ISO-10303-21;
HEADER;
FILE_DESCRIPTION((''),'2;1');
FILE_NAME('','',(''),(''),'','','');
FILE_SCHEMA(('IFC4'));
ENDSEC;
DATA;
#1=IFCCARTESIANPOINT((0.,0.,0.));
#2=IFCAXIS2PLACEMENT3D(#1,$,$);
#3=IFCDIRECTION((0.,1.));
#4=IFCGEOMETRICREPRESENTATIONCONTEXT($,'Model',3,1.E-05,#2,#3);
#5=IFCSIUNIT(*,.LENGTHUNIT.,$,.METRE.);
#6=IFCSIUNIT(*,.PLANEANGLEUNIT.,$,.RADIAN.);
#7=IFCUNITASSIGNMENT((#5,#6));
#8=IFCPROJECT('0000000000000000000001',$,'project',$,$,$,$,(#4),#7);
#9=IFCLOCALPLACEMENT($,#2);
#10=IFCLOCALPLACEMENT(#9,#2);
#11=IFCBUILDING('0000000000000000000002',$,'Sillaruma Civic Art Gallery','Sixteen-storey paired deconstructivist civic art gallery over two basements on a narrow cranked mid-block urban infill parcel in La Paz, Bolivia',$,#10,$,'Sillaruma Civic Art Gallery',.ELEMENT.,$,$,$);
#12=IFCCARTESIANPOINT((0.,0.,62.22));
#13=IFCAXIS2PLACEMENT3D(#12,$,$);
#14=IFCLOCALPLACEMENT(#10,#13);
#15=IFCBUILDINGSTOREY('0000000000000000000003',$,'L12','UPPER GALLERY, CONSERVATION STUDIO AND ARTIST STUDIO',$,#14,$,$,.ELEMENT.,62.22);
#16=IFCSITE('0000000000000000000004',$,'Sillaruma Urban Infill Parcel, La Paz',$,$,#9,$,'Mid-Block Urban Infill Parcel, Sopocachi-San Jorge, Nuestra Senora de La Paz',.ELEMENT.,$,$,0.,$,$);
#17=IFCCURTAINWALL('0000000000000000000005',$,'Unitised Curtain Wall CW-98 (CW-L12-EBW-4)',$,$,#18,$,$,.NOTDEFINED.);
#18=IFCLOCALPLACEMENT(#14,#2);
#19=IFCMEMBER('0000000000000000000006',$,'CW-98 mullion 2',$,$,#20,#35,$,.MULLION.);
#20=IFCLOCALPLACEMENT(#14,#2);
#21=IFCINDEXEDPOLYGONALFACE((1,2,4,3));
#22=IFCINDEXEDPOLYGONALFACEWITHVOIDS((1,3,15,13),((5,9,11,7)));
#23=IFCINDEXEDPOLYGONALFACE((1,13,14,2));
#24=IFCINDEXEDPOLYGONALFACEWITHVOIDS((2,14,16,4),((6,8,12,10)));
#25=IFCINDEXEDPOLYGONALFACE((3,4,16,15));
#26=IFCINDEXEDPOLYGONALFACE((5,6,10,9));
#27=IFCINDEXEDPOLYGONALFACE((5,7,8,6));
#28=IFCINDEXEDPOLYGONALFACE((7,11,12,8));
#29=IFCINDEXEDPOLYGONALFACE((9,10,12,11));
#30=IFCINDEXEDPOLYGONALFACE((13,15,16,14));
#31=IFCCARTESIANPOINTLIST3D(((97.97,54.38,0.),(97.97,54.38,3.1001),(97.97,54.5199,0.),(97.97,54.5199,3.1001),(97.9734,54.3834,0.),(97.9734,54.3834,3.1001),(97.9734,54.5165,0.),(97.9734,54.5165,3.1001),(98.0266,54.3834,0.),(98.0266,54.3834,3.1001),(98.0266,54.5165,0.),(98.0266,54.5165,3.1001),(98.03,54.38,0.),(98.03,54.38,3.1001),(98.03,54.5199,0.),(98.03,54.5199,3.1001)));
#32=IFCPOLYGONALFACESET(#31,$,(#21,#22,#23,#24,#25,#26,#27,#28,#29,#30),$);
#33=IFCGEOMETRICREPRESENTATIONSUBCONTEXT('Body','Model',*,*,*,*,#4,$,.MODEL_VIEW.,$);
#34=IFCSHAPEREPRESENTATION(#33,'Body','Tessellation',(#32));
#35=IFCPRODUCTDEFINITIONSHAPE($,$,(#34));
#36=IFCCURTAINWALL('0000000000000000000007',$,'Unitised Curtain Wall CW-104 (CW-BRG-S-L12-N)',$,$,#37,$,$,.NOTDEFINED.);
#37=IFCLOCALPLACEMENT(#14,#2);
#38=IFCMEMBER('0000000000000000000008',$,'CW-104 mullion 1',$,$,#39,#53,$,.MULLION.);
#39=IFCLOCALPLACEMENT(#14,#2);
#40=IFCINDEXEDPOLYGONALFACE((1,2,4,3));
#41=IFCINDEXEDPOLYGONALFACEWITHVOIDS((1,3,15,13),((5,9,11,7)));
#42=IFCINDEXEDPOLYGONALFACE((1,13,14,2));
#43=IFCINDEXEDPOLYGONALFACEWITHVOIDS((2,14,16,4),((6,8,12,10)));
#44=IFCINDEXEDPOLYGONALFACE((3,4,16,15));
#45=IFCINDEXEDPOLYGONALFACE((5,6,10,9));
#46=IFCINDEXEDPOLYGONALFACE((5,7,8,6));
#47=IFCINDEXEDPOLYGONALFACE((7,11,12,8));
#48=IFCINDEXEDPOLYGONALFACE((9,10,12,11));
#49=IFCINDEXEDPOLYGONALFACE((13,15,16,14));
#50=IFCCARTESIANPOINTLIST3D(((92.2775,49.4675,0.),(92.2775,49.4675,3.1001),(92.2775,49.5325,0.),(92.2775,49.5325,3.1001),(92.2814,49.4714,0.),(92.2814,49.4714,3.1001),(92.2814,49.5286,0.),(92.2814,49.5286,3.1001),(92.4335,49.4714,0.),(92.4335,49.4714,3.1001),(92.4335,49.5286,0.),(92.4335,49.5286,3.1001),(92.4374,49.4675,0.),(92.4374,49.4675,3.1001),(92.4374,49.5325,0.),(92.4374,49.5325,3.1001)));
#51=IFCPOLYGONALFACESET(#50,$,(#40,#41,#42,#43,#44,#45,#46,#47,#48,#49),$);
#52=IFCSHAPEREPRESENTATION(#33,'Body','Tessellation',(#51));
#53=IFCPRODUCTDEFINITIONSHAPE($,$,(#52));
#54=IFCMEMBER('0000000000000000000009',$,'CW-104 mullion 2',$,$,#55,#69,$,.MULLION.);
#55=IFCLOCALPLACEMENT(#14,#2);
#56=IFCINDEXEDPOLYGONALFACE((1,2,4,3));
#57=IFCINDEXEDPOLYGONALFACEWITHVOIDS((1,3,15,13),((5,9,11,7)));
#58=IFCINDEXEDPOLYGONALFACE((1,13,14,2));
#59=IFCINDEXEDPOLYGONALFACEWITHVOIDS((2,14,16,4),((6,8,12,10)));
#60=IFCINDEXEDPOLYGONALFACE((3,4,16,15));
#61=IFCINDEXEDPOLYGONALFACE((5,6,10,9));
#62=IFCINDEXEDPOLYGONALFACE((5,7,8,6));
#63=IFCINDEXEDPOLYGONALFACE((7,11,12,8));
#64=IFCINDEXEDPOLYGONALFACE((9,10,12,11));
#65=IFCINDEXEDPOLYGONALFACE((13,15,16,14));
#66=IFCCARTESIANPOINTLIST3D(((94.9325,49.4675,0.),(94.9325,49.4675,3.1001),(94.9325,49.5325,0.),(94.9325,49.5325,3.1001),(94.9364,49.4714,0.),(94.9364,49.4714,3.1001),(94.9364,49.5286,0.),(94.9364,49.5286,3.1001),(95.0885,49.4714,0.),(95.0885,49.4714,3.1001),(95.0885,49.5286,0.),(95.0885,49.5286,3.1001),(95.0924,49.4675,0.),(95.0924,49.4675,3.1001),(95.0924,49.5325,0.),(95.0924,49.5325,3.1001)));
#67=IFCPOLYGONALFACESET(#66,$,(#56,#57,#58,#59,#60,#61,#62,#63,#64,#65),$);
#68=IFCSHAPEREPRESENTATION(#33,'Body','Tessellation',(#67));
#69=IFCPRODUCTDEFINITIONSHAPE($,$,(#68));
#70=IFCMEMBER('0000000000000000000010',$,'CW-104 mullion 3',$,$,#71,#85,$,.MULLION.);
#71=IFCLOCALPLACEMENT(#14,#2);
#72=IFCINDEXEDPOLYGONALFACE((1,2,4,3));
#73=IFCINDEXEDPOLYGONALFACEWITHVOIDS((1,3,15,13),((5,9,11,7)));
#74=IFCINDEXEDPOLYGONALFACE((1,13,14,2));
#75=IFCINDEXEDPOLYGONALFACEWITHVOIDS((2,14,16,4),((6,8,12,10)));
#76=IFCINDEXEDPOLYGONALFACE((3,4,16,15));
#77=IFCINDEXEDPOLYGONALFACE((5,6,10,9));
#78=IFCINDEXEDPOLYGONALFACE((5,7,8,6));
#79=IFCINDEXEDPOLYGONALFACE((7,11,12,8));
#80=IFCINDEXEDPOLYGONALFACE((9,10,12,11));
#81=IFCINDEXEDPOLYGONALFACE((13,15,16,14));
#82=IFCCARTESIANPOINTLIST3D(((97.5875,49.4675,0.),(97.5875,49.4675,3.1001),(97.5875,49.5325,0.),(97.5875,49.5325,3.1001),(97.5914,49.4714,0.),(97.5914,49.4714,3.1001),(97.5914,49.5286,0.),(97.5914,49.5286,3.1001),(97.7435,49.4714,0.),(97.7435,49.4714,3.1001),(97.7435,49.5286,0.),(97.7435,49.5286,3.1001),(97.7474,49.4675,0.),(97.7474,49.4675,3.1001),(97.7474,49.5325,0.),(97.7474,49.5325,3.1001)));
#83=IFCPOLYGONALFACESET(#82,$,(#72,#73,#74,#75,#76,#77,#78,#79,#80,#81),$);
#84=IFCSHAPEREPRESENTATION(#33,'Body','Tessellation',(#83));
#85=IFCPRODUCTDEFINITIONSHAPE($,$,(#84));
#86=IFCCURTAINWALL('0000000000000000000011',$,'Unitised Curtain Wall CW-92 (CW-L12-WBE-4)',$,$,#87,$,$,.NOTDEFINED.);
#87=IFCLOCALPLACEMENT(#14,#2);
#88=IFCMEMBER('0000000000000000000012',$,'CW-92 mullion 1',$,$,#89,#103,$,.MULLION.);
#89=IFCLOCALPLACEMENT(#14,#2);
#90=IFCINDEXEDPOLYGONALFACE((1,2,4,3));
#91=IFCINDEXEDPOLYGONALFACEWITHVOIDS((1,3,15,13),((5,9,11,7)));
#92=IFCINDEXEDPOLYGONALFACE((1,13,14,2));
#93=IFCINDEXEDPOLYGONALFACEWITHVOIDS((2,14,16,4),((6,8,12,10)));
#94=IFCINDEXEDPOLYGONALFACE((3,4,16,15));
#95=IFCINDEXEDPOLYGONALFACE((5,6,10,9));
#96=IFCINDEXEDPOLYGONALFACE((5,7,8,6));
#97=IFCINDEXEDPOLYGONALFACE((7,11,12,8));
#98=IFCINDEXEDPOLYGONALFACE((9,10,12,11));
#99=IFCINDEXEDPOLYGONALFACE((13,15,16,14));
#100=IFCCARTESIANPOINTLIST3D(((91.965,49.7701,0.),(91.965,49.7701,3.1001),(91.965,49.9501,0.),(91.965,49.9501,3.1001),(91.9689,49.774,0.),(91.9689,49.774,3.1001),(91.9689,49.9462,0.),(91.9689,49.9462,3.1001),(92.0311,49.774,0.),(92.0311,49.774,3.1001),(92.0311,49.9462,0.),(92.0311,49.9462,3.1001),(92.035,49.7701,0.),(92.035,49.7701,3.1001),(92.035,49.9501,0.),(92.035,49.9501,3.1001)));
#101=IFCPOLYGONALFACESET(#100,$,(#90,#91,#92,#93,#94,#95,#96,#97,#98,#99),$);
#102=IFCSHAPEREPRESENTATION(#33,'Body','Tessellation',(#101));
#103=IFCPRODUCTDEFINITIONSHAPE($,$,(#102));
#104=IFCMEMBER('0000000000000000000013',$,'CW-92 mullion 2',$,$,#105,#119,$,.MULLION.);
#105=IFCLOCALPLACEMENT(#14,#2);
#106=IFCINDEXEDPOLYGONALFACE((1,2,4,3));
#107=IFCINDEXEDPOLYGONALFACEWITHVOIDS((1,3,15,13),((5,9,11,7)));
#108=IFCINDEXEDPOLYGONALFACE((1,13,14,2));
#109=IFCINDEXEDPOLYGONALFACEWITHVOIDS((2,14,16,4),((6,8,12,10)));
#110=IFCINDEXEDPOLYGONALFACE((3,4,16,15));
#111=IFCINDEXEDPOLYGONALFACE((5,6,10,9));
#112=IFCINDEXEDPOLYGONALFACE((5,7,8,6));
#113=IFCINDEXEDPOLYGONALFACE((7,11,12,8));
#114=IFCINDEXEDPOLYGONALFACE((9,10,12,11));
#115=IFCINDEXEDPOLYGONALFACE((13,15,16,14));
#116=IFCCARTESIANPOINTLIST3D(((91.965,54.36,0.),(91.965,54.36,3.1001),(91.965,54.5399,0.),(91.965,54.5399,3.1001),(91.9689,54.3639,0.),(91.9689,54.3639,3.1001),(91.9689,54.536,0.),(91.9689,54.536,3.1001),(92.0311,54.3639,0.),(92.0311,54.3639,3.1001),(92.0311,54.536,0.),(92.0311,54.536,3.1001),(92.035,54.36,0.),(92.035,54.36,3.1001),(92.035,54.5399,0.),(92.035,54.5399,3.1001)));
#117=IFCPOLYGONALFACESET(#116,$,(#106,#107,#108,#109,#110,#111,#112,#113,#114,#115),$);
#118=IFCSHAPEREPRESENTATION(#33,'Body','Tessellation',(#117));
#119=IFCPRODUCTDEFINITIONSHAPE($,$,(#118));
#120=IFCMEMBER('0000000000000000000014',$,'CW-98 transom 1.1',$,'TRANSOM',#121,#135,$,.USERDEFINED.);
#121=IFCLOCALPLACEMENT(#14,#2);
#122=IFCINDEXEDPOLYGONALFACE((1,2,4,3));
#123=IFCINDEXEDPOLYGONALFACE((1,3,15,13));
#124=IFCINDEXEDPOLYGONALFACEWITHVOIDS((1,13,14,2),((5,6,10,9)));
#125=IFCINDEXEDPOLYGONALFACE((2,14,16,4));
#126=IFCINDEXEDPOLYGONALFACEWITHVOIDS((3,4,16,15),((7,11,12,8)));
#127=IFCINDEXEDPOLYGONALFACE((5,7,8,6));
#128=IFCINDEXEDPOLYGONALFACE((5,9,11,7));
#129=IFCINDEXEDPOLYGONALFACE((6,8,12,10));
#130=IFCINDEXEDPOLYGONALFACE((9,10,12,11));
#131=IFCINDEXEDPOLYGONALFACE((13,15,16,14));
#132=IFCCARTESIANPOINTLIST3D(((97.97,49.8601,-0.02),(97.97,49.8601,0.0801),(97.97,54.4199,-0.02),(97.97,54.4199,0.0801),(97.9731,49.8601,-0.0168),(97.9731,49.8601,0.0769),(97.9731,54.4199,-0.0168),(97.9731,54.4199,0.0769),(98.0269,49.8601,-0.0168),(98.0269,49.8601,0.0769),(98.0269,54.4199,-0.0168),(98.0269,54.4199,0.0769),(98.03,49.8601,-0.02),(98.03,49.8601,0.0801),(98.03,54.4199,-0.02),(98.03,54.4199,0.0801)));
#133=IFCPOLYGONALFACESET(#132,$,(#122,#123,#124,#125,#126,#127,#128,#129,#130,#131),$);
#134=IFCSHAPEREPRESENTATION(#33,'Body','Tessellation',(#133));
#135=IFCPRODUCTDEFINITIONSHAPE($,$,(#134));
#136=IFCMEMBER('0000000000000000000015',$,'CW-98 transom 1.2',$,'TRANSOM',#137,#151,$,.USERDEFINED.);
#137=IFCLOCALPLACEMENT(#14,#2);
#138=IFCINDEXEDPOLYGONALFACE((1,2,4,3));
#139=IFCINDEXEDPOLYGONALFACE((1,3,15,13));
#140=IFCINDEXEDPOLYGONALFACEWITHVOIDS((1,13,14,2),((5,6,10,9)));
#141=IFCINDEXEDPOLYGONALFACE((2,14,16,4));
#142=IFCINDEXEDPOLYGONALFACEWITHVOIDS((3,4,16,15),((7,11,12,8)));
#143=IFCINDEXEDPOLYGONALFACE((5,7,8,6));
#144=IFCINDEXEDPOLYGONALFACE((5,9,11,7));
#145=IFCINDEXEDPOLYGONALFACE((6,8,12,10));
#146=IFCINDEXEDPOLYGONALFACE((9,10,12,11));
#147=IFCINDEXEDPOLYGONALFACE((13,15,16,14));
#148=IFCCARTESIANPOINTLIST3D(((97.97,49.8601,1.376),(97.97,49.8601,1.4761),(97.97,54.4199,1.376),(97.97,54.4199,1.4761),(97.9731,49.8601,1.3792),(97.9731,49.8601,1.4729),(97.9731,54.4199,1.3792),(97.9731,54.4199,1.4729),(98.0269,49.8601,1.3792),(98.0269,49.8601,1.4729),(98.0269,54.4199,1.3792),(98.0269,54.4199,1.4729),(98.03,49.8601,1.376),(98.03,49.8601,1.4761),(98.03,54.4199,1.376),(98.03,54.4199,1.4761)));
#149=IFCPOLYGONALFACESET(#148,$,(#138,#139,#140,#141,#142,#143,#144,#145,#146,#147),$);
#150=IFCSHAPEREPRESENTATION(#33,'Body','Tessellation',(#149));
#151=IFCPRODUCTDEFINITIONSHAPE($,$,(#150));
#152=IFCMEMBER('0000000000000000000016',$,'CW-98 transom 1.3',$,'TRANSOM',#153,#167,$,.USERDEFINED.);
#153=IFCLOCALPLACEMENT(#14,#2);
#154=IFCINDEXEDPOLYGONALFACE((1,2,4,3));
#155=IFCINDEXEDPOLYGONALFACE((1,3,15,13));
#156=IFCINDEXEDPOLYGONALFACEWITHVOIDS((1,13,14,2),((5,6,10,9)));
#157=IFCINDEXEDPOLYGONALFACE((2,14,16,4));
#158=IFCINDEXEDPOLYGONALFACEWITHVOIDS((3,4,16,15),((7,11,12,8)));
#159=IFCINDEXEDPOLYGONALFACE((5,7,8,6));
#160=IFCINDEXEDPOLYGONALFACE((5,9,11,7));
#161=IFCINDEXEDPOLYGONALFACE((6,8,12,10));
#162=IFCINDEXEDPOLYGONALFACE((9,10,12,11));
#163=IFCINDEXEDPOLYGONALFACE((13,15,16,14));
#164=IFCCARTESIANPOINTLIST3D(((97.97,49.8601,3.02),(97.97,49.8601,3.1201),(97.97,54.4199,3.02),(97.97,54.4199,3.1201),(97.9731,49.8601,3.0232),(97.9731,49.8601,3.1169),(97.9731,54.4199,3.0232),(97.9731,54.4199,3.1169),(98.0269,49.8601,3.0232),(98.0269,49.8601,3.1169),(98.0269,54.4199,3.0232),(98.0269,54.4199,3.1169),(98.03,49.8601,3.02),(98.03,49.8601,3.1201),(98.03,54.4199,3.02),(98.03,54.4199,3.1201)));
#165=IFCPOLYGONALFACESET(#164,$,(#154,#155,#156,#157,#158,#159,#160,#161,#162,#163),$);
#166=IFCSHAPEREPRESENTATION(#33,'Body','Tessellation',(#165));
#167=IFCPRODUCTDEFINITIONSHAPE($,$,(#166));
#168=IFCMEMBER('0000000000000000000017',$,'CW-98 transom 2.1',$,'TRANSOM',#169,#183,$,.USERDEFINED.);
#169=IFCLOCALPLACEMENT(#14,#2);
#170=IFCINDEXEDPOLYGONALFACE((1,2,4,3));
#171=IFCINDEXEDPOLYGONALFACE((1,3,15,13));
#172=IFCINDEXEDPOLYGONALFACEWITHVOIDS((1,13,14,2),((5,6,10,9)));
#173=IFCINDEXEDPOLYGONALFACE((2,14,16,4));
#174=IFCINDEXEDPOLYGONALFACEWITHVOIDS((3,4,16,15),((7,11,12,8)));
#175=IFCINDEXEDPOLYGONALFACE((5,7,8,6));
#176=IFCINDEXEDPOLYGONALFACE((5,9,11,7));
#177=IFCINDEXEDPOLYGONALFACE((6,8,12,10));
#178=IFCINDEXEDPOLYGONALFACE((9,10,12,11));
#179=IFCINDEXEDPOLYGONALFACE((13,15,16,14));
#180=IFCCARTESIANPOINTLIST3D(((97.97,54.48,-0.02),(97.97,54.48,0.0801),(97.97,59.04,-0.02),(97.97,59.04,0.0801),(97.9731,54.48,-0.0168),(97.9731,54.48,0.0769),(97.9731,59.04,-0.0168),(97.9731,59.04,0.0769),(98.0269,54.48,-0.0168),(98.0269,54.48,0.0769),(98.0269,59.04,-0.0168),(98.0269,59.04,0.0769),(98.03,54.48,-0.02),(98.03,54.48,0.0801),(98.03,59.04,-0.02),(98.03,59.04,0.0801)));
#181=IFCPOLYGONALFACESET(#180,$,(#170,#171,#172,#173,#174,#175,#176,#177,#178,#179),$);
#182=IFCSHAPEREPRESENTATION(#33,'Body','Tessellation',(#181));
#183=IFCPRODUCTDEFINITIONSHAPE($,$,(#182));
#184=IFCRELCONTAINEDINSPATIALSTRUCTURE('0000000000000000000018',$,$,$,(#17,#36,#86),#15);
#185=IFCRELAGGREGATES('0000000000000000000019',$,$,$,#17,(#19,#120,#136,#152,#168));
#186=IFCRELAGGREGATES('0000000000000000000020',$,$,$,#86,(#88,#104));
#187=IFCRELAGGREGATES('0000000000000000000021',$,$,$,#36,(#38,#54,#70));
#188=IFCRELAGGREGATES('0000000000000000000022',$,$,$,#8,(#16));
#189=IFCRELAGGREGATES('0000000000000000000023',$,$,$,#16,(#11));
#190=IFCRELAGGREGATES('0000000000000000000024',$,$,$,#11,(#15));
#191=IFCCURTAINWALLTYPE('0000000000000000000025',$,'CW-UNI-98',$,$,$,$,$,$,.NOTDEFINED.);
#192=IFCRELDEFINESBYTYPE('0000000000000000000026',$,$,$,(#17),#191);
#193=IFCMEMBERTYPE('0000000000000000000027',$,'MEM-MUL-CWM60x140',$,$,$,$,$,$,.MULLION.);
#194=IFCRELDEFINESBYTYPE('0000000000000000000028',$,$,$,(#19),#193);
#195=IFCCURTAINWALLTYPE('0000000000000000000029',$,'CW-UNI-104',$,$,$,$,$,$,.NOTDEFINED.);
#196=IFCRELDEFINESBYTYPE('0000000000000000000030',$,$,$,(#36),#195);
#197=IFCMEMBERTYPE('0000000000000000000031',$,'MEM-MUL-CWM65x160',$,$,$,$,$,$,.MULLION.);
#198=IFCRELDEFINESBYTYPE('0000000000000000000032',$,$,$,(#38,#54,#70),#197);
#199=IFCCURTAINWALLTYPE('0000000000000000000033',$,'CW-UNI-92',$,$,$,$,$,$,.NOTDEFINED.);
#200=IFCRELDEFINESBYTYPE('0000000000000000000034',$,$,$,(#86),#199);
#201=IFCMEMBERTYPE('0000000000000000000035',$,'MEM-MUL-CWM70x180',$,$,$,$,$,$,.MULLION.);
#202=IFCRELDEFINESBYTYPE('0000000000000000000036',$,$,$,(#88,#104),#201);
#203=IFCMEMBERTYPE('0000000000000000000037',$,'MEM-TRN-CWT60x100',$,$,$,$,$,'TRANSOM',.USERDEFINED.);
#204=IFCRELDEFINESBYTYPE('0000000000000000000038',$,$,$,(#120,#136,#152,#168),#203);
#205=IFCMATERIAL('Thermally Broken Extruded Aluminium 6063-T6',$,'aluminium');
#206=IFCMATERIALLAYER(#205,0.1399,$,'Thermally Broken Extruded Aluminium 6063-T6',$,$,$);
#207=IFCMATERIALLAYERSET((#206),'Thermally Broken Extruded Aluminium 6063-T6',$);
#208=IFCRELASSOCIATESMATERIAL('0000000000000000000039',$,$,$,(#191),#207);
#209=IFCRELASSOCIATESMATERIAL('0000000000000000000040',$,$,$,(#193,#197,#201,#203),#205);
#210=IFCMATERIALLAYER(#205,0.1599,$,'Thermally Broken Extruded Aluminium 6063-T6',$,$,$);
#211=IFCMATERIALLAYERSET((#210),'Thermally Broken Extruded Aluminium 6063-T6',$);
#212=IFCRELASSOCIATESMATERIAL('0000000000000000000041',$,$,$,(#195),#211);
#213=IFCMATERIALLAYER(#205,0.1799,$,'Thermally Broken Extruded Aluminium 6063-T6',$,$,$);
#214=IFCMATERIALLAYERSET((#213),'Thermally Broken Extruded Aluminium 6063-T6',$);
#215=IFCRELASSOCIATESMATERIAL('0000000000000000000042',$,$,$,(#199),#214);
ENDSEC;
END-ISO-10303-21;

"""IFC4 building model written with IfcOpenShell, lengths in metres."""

from ifc_helpers import new_model, si_unit, direction, frame, origin, origin_2d, place, context, subcontext, project, spatial, hollow_rectangle, extrude, material, layer, layer_set, material_profile, profile_set, type_object, element, aggregate, save


model = new_model("IFC4")

# Units and contexts
model_context = context("Model", 3, precision=1e-05, world=origin(), true_north=direction((0.0, 1.0)))
body_context = subcontext(model_context, "Body", "Model", "MODEL_VIEW")
ifc_project = project(units=[si_unit("LENGTHUNIT", "METRE"), si_unit("PLANEANGLEUNIT", "RADIAN")], contexts=[model_context])

# Site, building, storey
site_placement = place(None, origin())
site = spatial("IfcSite", under=ifc_project, at=site_placement, Name="Sillaruma Urban Infill Parcel, La Paz", LongName="Mid-Block Urban Infill Parcel, Sopocachi-San Jorge, Nuestra Senora de La Paz", CompositionType="ELEMENT", RefElevation=0.0)
building_placement = place(site_placement, origin())
building = spatial("IfcBuilding", under=site, at=building_placement, Name="Sillaruma Civic Art Gallery", Description="Sixteen-storey paired deconstructivist civic art gallery over two basements on a narrow cranked mid-block urban infill parcel in La Paz, Bolivia", LongName="Sillaruma Civic Art Gallery", CompositionType="ELEMENT")
storey_placement = place(building_placement, frame((0.0, 0.0, 62.22)))
storey = spatial("IfcBuildingStorey", under=building, at=storey_placement, Name="L12", Description="UPPER GALLERY, CONSERVATION STUDIO AND ARTIST STUDIO", CompositionType="ELEMENT", Elevation=62.22)

# Curtain walls, members
ifc_material_1 = material(Name="Thermally Broken Extruded Aluminium 6063-T6", Category="aluminium")
ifc_layer_1 = layer(ifc_material_1, 0.1399, Name="Thermally Broken Extruded Aluminium 6063-T6")
ifc_layer_set_1 = layer_set([ifc_layer_1], Name="Thermally Broken Extruded Aluminium 6063-T6")
curtain_wall_type_1 = type_object("IfcCurtainWallType", Name="CW-UNI-98", PredefinedType="NOTDEFINED", material=ifc_layer_set_1)
curtain_wall_1_placement = place(storey_placement, origin())
curtain_wall_1 = element("IfcCurtainWall", 1, at=curtain_wall_1_placement, inside=storey, type_object=curtain_wall_type_1, Name="Unitised Curtain Wall CW-98 (CW-L12-EBW-4)", PredefinedType="NOTDEFINED")
ifc_material_profile_1 = material_profile(ifc_material_1, hollow_rectangle(XDim=0.0601, YDim=0.1399, WallThickness=0.0034, at=origin_2d()), Name="CWM60x140")
ifc_profile_set_1 = profile_set([ifc_material_profile_1], Name="Thermally Broken Extruded Aluminium 6063-T6")
member_type_1 = type_object("IfcMemberType", Name="MEM-MUL-CWM60x140", PredefinedType="MULLION", material=ifc_profile_set_1)
member_1_placement = place(storey_placement, frame((98.0, 54.45, 0.0), z_axis=(0.0, 0.0, 1.0), x_axis=(-1.0, 0.0, 0.0)))
member_1 = element("IfcMember", 2, at=member_1_placement, type_object=member_type_1, Name="CW-98 mullion 2", PredefinedType="MULLION", context=body_context, shape_type="SweptSolid", body=[
    extrude(hollow_rectangle(XDim=0.0601, YDim=0.1399, WallThickness=0.0034, at=origin_2d()), origin(), (0.0, 0.0, 1.0), 3.1001),
])
ifc_layer_2 = layer(ifc_material_1, 0.1599, Name="Thermally Broken Extruded Aluminium 6063-T6")
ifc_layer_set_2 = layer_set([ifc_layer_2], Name="Thermally Broken Extruded Aluminium 6063-T6")
curtain_wall_type_2 = type_object("IfcCurtainWallType", Name="CW-UNI-104", PredefinedType="NOTDEFINED", material=ifc_layer_set_2)
curtain_wall_2_placement = place(storey_placement, origin())
curtain_wall_2 = element("IfcCurtainWall", 3, at=curtain_wall_2_placement, inside=storey, type_object=curtain_wall_type_2, Name="Unitised Curtain Wall CW-104 (CW-BRG-S-L12-N)", PredefinedType="NOTDEFINED")
ifc_material_profile_2 = material_profile(ifc_material_1, hollow_rectangle(XDim=0.0649, YDim=0.1599, WallThickness=0.0039, at=origin_2d()), Name="CWM65x160")
ifc_profile_set_2 = profile_set([ifc_material_profile_2], Name="Thermally Broken Extruded Aluminium 6063-T6")
member_type_2 = type_object("IfcMemberType", Name="MEM-MUL-CWM65x160", PredefinedType="MULLION", material=ifc_profile_set_2)
member_2_placement = place(storey_placement, frame((92.3574, 49.5, 0.0), z_axis=(0.0, 0.0, 1.0), x_axis=(0.0, 1.0, 0.0)))
member_2 = element("IfcMember", 4, at=member_2_placement, type_object=member_type_2, Name="CW-104 mullion 1", PredefinedType="MULLION", context=body_context, shape_type="SweptSolid", body=[
    extrude(hollow_rectangle(XDim=0.0649, YDim=0.1599, WallThickness=0.0039, at=origin_2d()), origin(), (0.0, 0.0, 1.0), 3.1001),
])
member_3_placement = place(storey_placement, frame((95.0125, 49.5, 0.0), z_axis=(0.0, 0.0, 1.0), x_axis=(0.0, 1.0, 0.0)))
member_3 = element("IfcMember", 5, at=member_3_placement, type_object=member_type_2, Name="CW-104 mullion 2", PredefinedType="MULLION", context=body_context, shape_type="SweptSolid", body=[
    extrude(hollow_rectangle(XDim=0.0649, YDim=0.1599, WallThickness=0.0039, at=origin_2d()), origin(), (0.0, 0.0, 1.0), 3.1001),
])
member_4_placement = place(storey_placement, frame((97.6675, 49.5, 0.0), z_axis=(0.0, 0.0, 1.0), x_axis=(0.0, 1.0, 0.0)))
member_4 = element("IfcMember", 6, at=member_4_placement, type_object=member_type_2, Name="CW-104 mullion 3", PredefinedType="MULLION", context=body_context, shape_type="SweptSolid", body=[
    extrude(hollow_rectangle(XDim=0.0649, YDim=0.1599, WallThickness=0.0039, at=origin_2d()), origin(), (0.0, 0.0, 1.0), 3.1001),
])
ifc_layer_3 = layer(ifc_material_1, 0.1799, Name="Thermally Broken Extruded Aluminium 6063-T6")
ifc_layer_set_3 = layer_set([ifc_layer_3], Name="Thermally Broken Extruded Aluminium 6063-T6")
curtain_wall_type_3 = type_object("IfcCurtainWallType", Name="CW-UNI-92", PredefinedType="NOTDEFINED", material=ifc_layer_set_3)
curtain_wall_3_placement = place(storey_placement, origin())
curtain_wall_3 = element("IfcCurtainWall", 7, at=curtain_wall_3_placement, inside=storey, type_object=curtain_wall_type_3, Name="Unitised Curtain Wall CW-92 (CW-L12-WBE-4)", PredefinedType="NOTDEFINED")
ifc_material_profile_3 = material_profile(ifc_material_1, hollow_rectangle(XDim=0.0701, YDim=0.1799, WallThickness=0.0039, at=origin_2d()), Name="CWM70x180")
ifc_profile_set_3 = profile_set([ifc_material_profile_3], Name="Thermally Broken Extruded Aluminium 6063-T6")
member_type_3 = type_object("IfcMemberType", Name="MEM-MUL-CWM70x180", PredefinedType="MULLION", material=ifc_profile_set_3)
member_5_placement = place(storey_placement, frame((92.0, 49.8601, 0.0), z_axis=(0.0, 0.0, 1.0), x_axis=(-1.0, 0.0, 0.0)))
member_5 = element("IfcMember", 8, at=member_5_placement, type_object=member_type_3, Name="CW-92 mullion 1", PredefinedType="MULLION", context=body_context, shape_type="SweptSolid", body=[
    extrude(hollow_rectangle(XDim=0.0701, YDim=0.1799, WallThickness=0.0039, at=origin_2d()), origin(), (0.0, 0.0, 1.0), 3.1001),
])
member_6_placement = place(storey_placement, frame((92.0, 54.45, 0.0), z_axis=(0.0, 0.0, 1.0), x_axis=(-1.0, 0.0, 0.0)))
member_6 = element("IfcMember", 9, at=member_6_placement, type_object=member_type_3, Name="CW-92 mullion 2", PredefinedType="MULLION", context=body_context, shape_type="SweptSolid", body=[
    extrude(hollow_rectangle(XDim=0.0701, YDim=0.1799, WallThickness=0.0039, at=origin_2d()), origin(), (0.0, 0.0, 1.0), 3.1001),
])

# Members
ifc_material_profile_4 = material_profile(ifc_material_1, hollow_rectangle(XDim=0.0601, YDim=0.1001, WallThickness=0.0032, at=origin_2d()), Name="CWT60x100")
ifc_profile_set_4 = profile_set([ifc_material_profile_4], Name="Thermally Broken Extruded Aluminium 6063-T6")
member_type_4 = type_object("IfcMemberType", Name="MEM-TRN-CWT60x100", ElementType="TRANSOM", PredefinedType="USERDEFINED", material=ifc_profile_set_4)
member_7_placement = place(storey_placement, frame((98.0, 49.8601, 0.03), z_axis=(0.0, 1.0, 0.0), x_axis=(-1.0, 0.0, 0.0)))
member_7 = element("IfcMember", 10, at=member_7_placement, type_object=member_type_4, Name="CW-98 transom 1.1", ObjectType="TRANSOM", PredefinedType="USERDEFINED", context=body_context, shape_type="SweptSolid", body=[
    extrude(hollow_rectangle(XDim=0.0601, YDim=0.1001, WallThickness=0.0032, at=origin_2d()), origin(), (0.0, 0.0, 1.0), 4.5598),
])
member_8_placement = place(storey_placement, frame((98.0, 49.8601, 1.426), z_axis=(0.0, 1.0, 0.0), x_axis=(-1.0, 0.0, 0.0)))
member_8 = element("IfcMember", 11, at=member_8_placement, type_object=member_type_4, Name="CW-98 transom 1.2", ObjectType="TRANSOM", PredefinedType="USERDEFINED", context=body_context, shape_type="SweptSolid", body=[
    extrude(hollow_rectangle(XDim=0.0601, YDim=0.1001, WallThickness=0.0032, at=origin_2d()), origin(), (0.0, 0.0, 1.0), 4.5598),
])
member_9_placement = place(storey_placement, frame((98.0, 49.8601, 3.0701), z_axis=(0.0, 1.0, 0.0), x_axis=(-1.0, 0.0, 0.0)))
member_9 = element("IfcMember", 12, at=member_9_placement, type_object=member_type_4, Name="CW-98 transom 1.3", ObjectType="TRANSOM", PredefinedType="USERDEFINED", context=body_context, shape_type="SweptSolid", body=[
    extrude(hollow_rectangle(XDim=0.0601, YDim=0.1001, WallThickness=0.0032, at=origin_2d()), origin(), (0.0, 0.0, 1.0), 4.5598),
])
member_10_placement = place(storey_placement, frame((98.0, 54.48, 0.03), z_axis=(0.0, 1.0, 0.0), x_axis=(-1.0, 0.0, 0.0)))
member_10 = element("IfcMember", 13, at=member_10_placement, type_object=member_type_4, Name="CW-98 transom 2.1", ObjectType="TRANSOM", PredefinedType="USERDEFINED", context=body_context, shape_type="SweptSolid", body=[
    extrude(hollow_rectangle(XDim=0.0601, YDim=0.1001, WallThickness=0.0032, at=origin_2d()), origin(), (0.0, 0.0, 1.0), 4.5601),
])

aggregate(curtain_wall_1, [member_1, member_7, member_8, member_9, member_10])
aggregate(curtain_wall_3, [member_5, member_6])
aggregate(curtain_wall_2, [member_2, member_3, member_4])

save(model, "model.ifc")
